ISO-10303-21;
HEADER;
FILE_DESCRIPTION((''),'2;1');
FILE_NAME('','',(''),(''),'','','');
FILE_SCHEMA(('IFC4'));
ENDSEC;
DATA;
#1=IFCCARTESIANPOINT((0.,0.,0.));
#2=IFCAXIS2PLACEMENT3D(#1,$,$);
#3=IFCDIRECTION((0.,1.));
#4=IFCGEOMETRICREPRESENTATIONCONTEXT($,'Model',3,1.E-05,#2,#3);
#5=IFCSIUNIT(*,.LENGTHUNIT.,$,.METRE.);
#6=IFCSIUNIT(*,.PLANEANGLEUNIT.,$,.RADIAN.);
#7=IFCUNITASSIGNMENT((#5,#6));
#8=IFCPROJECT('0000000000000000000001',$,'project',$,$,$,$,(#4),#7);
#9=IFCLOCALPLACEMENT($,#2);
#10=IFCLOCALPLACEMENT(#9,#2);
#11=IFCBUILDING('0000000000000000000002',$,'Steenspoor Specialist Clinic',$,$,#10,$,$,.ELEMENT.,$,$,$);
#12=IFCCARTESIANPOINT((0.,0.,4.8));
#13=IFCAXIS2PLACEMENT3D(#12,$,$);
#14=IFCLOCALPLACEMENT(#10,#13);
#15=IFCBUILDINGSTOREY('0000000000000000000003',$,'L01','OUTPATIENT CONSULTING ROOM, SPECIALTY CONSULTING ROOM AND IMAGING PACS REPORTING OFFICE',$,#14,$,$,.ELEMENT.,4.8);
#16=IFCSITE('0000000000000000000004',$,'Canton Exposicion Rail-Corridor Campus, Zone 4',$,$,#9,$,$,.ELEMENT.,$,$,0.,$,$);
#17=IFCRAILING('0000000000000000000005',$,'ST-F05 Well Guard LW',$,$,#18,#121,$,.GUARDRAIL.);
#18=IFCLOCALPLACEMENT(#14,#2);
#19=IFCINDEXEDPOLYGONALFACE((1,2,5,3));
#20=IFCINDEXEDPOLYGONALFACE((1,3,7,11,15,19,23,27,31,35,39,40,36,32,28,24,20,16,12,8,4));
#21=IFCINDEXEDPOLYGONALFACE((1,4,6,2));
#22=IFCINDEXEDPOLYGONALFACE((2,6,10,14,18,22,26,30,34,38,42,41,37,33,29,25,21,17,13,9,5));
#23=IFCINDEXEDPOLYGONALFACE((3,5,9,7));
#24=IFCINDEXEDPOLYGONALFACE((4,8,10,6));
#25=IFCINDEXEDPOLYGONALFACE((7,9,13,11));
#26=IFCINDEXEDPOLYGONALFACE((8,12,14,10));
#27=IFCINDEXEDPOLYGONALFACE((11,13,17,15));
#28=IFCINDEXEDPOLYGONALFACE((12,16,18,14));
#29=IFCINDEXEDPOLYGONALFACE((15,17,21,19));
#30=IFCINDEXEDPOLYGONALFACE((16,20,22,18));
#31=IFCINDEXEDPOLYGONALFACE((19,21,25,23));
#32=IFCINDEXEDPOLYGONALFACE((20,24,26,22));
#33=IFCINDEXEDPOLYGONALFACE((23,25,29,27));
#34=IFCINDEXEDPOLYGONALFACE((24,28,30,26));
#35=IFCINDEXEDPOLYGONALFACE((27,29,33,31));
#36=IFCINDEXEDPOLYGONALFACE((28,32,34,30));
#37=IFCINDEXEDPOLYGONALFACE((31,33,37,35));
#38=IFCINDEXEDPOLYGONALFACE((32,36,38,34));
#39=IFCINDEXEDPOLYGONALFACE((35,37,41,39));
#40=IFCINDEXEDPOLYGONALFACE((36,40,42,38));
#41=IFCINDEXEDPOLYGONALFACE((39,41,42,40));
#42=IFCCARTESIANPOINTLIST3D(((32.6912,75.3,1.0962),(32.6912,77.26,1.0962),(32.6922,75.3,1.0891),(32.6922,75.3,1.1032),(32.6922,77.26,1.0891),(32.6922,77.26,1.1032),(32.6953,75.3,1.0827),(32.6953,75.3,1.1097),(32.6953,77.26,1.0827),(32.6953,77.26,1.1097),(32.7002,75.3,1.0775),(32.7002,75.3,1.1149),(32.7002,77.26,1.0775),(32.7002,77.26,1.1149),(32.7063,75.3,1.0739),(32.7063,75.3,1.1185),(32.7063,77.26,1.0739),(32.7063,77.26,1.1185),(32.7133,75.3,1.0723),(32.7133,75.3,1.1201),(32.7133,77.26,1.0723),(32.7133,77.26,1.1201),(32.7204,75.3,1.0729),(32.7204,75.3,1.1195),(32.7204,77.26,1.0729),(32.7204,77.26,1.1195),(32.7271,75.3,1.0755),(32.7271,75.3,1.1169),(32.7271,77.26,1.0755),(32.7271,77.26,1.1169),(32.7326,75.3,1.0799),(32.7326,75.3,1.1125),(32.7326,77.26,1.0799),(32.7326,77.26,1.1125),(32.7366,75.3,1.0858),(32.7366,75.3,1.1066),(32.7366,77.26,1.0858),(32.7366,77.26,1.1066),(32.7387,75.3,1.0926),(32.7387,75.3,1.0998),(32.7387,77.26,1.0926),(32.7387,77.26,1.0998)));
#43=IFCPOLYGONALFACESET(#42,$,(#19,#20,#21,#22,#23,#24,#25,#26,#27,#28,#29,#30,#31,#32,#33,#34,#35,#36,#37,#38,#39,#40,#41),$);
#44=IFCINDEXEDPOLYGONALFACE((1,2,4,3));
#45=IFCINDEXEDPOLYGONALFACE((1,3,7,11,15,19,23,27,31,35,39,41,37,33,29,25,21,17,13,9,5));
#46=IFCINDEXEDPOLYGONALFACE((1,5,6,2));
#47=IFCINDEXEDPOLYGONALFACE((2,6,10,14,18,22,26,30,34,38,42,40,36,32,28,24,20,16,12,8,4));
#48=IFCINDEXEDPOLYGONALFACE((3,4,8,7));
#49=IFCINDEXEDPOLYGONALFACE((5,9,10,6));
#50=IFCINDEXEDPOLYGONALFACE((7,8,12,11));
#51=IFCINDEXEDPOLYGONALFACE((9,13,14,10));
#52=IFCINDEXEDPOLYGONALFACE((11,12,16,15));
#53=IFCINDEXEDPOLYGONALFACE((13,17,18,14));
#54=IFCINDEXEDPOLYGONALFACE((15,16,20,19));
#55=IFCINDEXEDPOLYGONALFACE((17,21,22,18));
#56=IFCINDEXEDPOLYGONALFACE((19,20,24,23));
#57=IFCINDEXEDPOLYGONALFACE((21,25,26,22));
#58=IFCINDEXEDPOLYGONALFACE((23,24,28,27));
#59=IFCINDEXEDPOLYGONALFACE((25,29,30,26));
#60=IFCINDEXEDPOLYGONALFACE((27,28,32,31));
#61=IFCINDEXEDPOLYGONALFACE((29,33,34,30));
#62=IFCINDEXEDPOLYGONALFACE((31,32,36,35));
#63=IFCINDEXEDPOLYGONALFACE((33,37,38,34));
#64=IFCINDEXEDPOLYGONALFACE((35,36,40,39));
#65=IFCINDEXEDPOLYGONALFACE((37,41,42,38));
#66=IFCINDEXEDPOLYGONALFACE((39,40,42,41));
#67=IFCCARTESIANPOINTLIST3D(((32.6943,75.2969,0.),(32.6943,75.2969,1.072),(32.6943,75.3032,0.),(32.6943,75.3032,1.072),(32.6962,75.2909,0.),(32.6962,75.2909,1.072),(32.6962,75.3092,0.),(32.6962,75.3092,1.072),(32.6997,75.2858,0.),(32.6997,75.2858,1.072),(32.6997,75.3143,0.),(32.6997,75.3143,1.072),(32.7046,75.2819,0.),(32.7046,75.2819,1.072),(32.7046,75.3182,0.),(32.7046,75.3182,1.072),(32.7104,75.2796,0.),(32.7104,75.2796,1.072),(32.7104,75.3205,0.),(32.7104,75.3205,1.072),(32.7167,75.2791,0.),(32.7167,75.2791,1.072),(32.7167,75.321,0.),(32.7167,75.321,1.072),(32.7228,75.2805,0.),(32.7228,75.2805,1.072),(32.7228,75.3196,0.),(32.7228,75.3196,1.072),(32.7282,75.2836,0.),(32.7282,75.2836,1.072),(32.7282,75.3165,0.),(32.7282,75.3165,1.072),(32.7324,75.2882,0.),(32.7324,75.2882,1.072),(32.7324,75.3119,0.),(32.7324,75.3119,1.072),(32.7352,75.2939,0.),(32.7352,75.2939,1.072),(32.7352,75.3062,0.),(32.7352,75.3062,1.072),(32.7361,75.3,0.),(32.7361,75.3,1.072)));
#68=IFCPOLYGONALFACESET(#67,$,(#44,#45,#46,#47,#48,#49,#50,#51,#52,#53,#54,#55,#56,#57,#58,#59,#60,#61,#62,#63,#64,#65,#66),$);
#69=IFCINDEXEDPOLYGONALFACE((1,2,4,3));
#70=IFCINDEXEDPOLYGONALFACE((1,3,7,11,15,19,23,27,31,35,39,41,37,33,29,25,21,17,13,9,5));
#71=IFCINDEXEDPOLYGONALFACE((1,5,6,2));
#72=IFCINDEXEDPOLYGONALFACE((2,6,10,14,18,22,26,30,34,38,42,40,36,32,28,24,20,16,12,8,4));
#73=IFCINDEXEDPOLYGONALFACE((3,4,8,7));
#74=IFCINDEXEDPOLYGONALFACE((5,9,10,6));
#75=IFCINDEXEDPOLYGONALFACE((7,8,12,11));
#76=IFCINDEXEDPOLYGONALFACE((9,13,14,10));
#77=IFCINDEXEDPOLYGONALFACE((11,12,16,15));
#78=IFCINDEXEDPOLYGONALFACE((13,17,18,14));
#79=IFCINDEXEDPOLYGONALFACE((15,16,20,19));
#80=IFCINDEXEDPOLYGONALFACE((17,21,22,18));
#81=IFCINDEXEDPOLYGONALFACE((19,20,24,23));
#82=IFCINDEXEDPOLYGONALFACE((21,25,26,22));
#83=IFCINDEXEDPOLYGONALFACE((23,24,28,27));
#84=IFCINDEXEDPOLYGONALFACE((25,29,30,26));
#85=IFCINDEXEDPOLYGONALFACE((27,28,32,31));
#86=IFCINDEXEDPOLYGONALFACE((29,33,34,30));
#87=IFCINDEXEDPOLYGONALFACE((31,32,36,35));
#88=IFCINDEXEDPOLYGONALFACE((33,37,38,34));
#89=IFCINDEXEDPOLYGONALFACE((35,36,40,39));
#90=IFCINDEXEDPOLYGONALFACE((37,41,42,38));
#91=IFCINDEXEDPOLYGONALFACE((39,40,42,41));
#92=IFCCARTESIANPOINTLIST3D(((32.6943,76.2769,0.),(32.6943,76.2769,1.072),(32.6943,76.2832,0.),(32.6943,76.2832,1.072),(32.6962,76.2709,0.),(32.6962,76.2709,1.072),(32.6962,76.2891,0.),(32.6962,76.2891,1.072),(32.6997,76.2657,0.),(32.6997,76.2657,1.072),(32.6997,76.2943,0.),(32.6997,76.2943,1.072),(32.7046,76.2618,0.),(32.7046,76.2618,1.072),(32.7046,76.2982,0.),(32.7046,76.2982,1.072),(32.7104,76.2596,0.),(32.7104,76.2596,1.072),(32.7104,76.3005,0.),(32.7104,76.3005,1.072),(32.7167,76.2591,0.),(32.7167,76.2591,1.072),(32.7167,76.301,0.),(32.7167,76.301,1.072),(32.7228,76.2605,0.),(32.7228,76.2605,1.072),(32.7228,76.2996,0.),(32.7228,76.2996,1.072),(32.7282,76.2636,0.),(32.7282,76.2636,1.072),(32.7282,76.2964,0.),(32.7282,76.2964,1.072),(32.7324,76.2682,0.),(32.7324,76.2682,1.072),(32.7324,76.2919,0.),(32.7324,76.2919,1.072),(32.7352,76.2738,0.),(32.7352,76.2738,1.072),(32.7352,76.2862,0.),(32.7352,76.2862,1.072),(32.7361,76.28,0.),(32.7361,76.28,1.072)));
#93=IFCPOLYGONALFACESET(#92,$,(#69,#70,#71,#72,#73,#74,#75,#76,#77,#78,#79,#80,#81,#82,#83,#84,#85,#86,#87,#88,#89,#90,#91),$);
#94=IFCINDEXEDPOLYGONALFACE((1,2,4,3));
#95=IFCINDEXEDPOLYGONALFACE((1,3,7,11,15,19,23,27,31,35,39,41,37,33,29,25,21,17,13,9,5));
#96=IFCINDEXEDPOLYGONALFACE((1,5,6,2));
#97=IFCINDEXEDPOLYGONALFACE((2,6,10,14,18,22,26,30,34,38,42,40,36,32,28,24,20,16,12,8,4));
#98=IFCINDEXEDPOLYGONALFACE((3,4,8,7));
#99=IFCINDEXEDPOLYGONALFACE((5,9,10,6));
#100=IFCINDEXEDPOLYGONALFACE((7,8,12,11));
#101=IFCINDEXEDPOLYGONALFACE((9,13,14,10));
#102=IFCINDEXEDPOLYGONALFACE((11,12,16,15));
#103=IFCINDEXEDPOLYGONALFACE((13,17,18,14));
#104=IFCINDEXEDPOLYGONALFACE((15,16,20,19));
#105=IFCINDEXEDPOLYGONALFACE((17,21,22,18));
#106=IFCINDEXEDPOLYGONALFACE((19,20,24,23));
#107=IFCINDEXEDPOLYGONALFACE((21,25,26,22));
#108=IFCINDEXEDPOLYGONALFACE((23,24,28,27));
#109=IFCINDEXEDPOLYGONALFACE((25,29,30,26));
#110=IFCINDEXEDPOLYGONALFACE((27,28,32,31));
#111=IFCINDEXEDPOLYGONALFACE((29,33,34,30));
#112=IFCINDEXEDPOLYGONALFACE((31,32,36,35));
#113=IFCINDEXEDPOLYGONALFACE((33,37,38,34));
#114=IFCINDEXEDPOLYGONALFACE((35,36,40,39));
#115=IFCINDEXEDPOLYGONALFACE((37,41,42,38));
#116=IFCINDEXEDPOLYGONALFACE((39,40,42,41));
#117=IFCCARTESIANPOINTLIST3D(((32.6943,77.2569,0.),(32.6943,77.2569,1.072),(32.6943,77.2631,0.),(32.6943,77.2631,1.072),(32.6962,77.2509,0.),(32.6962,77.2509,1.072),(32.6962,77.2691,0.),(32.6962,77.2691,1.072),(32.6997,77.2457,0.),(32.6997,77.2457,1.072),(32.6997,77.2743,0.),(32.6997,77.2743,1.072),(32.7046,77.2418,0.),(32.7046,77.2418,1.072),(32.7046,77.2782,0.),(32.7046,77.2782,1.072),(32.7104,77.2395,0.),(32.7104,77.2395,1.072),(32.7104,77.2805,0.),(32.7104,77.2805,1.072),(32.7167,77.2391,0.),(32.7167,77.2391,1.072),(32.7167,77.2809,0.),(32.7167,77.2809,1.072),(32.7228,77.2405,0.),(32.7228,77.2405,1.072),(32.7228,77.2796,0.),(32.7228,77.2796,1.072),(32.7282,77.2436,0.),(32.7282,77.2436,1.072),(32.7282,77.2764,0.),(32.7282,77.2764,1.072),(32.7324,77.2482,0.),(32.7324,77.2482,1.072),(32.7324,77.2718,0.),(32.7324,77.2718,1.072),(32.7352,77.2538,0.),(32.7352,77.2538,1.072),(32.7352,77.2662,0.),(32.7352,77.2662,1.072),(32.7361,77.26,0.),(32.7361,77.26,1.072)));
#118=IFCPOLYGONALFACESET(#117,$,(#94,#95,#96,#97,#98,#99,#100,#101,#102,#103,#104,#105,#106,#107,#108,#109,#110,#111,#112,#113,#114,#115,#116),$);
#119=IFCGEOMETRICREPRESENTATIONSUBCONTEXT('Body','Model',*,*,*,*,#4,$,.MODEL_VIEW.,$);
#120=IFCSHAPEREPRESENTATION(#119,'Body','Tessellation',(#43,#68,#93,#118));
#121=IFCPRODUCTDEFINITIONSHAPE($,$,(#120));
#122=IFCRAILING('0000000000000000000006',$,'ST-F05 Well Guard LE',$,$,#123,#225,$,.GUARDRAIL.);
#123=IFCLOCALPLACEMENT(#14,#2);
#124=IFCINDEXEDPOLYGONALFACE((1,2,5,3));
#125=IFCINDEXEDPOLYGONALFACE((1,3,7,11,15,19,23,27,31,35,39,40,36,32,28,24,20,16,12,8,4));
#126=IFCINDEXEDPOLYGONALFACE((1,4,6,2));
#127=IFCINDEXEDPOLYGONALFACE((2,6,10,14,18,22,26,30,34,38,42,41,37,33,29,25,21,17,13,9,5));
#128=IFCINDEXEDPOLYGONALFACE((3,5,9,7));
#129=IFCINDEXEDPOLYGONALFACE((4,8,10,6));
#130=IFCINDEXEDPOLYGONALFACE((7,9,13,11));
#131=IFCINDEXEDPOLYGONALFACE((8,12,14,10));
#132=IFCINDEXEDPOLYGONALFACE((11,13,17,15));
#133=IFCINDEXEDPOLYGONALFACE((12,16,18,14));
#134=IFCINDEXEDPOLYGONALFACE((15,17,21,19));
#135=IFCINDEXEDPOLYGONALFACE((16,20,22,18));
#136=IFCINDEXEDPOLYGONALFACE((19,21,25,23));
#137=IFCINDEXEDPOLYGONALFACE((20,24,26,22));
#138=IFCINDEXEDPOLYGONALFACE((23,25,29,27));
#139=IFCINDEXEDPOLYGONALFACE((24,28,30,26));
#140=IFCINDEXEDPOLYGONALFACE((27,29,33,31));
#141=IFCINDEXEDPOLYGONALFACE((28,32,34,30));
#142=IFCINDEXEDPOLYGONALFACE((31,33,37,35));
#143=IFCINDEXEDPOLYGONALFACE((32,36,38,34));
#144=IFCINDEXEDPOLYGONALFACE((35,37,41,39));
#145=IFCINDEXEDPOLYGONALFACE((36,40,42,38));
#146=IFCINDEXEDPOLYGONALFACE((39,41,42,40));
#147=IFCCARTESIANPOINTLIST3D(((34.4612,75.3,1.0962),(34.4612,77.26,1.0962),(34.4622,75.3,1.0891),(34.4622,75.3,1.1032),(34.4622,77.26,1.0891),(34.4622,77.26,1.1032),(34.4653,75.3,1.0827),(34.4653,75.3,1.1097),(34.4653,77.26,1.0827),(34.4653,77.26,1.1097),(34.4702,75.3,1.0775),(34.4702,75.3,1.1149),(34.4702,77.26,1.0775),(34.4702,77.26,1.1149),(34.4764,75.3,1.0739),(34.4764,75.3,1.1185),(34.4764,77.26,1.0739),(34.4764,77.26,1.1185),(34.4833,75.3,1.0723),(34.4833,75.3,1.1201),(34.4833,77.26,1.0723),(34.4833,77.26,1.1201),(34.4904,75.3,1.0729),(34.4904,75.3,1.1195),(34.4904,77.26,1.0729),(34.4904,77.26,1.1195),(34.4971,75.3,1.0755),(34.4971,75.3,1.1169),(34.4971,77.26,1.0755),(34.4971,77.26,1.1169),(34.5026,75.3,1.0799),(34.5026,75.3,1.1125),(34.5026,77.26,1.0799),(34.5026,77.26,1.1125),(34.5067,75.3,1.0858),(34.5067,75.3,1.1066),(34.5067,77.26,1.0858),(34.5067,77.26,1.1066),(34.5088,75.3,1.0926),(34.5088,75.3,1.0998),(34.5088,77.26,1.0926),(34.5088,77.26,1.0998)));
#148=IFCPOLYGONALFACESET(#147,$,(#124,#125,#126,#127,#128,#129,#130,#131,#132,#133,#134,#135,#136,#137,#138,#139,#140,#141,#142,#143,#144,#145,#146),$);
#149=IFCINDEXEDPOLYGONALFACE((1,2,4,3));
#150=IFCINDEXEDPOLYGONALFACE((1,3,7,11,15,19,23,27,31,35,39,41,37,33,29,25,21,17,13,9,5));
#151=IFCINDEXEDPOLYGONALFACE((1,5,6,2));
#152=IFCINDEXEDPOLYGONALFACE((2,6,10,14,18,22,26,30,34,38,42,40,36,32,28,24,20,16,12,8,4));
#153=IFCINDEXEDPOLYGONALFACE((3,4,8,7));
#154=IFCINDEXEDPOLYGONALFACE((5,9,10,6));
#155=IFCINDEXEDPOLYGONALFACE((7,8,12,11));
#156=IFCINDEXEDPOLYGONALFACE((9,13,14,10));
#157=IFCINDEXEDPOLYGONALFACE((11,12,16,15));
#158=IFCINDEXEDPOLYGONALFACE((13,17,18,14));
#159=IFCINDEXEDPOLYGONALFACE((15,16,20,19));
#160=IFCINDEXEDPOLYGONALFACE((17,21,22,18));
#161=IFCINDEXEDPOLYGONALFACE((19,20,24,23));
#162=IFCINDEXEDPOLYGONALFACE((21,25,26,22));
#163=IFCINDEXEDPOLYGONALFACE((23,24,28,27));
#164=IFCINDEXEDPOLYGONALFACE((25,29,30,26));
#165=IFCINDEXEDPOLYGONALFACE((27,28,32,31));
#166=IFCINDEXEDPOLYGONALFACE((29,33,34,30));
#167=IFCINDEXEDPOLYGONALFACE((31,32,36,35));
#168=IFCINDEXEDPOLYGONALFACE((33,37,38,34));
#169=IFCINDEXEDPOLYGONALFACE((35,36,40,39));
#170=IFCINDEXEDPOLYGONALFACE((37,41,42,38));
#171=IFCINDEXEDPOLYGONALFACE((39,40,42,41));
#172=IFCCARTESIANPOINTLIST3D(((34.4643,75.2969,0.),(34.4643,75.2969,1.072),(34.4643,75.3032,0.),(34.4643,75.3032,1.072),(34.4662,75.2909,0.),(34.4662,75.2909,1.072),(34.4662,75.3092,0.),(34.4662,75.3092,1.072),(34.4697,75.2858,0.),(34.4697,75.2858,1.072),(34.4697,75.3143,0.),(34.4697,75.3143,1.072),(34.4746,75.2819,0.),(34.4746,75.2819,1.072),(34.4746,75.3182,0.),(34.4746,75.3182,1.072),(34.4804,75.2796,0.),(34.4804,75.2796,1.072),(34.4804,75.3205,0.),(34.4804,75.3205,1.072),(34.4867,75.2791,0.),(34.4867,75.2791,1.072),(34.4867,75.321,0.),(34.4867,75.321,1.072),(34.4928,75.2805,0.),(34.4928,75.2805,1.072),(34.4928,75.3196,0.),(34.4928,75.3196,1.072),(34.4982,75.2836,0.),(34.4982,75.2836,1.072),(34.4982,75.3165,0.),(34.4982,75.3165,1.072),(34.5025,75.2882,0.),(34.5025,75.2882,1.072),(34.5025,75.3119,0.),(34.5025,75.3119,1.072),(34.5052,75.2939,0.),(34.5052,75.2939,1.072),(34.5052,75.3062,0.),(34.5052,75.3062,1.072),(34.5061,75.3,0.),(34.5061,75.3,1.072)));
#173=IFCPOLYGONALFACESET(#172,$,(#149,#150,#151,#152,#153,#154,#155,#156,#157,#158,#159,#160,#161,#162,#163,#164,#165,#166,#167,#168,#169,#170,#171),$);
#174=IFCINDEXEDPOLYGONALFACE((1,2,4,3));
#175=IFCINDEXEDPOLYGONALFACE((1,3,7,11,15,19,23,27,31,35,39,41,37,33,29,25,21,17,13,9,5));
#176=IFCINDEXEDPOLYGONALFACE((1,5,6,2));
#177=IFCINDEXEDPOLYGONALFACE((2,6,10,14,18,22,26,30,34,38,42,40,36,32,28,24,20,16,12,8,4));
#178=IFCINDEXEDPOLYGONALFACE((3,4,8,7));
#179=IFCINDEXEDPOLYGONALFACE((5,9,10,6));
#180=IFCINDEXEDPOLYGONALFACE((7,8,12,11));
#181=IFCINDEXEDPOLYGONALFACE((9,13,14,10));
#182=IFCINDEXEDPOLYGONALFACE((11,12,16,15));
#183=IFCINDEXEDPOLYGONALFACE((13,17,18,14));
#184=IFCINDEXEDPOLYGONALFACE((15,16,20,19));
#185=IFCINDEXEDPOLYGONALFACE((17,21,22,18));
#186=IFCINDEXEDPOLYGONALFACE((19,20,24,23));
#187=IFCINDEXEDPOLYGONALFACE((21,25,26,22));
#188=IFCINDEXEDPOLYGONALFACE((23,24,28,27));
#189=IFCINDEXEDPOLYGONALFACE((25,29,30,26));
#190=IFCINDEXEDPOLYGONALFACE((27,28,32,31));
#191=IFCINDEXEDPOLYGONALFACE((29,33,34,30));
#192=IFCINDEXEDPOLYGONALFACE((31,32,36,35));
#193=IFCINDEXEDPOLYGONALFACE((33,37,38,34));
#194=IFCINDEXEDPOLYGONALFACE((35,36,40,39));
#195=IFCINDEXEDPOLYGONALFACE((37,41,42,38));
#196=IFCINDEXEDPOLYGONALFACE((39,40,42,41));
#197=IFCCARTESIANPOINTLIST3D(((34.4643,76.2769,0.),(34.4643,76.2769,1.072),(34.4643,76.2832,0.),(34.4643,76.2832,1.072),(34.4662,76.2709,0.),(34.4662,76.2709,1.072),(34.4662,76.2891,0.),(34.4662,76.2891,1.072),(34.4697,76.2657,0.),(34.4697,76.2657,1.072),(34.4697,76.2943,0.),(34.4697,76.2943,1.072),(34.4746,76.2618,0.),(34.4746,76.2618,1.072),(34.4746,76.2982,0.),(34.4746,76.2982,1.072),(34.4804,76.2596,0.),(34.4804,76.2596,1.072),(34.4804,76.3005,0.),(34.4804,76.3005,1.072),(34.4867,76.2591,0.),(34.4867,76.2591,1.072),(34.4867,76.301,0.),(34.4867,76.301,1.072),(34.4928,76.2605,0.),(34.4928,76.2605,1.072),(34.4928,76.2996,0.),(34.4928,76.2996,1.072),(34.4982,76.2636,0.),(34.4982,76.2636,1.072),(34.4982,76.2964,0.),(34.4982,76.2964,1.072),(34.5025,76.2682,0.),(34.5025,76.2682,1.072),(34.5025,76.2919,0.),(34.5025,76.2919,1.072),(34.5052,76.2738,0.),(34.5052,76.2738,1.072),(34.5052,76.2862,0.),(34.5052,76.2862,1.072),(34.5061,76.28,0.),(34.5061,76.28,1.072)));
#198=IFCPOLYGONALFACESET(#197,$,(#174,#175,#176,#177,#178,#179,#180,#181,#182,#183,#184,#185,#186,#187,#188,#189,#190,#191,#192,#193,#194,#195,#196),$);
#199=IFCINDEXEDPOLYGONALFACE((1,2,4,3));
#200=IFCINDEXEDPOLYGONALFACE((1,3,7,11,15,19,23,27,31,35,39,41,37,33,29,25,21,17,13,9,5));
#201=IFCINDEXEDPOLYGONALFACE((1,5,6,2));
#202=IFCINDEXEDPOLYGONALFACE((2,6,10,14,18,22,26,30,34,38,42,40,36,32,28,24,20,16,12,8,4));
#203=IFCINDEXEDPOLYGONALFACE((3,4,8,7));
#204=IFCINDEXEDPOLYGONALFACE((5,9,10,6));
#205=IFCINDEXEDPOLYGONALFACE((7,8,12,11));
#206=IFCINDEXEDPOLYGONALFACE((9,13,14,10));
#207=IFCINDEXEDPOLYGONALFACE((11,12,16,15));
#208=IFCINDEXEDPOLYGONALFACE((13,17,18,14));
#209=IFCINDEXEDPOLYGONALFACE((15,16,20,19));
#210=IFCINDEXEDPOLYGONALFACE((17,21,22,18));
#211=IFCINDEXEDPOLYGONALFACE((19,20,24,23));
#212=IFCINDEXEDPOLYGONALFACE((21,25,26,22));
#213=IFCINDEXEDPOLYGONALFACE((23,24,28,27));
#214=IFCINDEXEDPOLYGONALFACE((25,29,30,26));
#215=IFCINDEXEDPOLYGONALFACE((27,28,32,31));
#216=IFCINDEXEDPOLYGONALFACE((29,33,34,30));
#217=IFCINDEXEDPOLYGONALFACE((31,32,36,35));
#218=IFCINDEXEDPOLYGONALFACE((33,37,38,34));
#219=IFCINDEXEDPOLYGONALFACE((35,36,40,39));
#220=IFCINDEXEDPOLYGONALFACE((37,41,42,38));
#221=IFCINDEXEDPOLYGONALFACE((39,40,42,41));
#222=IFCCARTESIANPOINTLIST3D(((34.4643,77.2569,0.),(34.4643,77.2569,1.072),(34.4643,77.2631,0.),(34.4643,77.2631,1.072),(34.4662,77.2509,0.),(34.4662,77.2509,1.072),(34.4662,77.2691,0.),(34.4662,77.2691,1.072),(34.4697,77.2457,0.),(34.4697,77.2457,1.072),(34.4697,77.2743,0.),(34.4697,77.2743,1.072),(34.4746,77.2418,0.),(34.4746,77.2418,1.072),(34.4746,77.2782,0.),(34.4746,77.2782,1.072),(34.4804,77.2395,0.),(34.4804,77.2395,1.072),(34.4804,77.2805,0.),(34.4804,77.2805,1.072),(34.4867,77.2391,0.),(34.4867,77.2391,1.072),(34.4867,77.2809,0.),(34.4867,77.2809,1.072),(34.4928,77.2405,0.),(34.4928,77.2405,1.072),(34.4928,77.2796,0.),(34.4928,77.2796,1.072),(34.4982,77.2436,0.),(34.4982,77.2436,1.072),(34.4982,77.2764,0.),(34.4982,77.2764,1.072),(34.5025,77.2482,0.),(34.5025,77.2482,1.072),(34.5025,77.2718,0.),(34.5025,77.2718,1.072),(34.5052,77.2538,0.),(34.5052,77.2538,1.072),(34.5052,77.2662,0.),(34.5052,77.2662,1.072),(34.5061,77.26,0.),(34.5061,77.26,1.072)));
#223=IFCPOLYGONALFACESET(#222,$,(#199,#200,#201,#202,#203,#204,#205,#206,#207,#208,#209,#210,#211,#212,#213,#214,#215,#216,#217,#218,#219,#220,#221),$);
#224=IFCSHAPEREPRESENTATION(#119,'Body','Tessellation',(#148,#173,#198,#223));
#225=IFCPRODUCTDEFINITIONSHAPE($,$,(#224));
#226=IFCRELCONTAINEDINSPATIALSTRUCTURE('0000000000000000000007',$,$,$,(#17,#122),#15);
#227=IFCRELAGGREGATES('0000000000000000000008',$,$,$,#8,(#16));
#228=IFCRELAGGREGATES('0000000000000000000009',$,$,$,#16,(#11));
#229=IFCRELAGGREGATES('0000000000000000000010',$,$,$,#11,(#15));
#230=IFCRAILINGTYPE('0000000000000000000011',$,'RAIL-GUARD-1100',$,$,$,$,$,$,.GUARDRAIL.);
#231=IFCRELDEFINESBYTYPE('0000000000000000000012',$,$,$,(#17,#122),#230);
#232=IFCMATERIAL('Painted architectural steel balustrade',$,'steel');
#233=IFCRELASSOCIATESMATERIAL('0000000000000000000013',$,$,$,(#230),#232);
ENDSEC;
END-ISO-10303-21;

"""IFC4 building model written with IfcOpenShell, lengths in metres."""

from ifc_helpers import new_model, si_unit, direction, frame, origin, origin_2d, place, context, subcontext, project, spatial, circle, extrude, material, type_object, element, save


model = new_model("IFC4")

# Units and contexts
model_context = context("Model", 3, precision=1e-05, world=origin(), true_north=direction((0.0, 1.0)))
body_context = subcontext(model_context, "Body", "Model", "MODEL_VIEW")
ifc_project = project(units=[si_unit("LENGTHUNIT", "METRE"), si_unit("PLANEANGLEUNIT", "RADIAN")], contexts=[model_context])

# Site, building, storey
site_placement = place(None, origin())
site = spatial("IfcSite", under=ifc_project, at=site_placement, Name="Canton Exposicion Rail-Corridor Campus, Zone 4", CompositionType="ELEMENT", RefElevation=0.0)
building_placement = place(site_placement, origin())
building = spatial("IfcBuilding", under=site, at=building_placement, Name="Steenspoor Specialist Clinic", CompositionType="ELEMENT")
storey_placement = place(building_placement, frame((0.0, 0.0, 4.8)))
storey = spatial("IfcBuildingStorey", under=building, at=storey_placement, Name="L01", Description="OUTPATIENT CONSULTING ROOM, SPECIALTY CONSULTING ROOM AND IMAGING PACS REPORTING OFFICE", CompositionType="ELEMENT", Elevation=4.8)

# Railings
ifc_material_1 = material(Name="Painted architectural steel balustrade", Category="steel")
railing_type_1 = type_object("IfcRailingType", Name="RAIL-GUARD-1100", PredefinedType="GUARDRAIL", material=ifc_material_1)
for number, where, name in (
    (1, (32.7151, 75.3, 0.0), "ST-F05 Well Guard LW"),
    (2, (34.4851, 75.3, 0.0), "ST-F05 Well Guard LE"),
):
    element("IfcRailing", number, at=place(storey_placement, frame(where)), inside=storey, type_object=railing_type_1, Name=name, PredefinedType="GUARDRAIL", context=body_context, shape_type="SweptSolid", body=[
        extrude(circle(Radius=0.0239, at=origin_2d()), frame((0.0, 0.0, 1.0962), z_axis=(0.0, 1.0, 0.0), x_axis=(-1.0, 0.0, 0.0)), (0.0, 0.0, 1.0), 1.96),
        extrude(circle(Radius=0.021, at=origin_2d()), origin(), (0.0, 0.0, 1.0), 1.072),
        extrude(circle(Radius=0.021, at=origin_2d()), frame((0.0, 0.98, 0.0)), (0.0, 0.0, 1.0), 1.072),
        extrude(circle(Radius=0.021, at=origin_2d()), frame((0.0, 1.96, 0.0)), (0.0, 0.0, 1.0), 1.072),
    ])

save(model, "model.ifc")
